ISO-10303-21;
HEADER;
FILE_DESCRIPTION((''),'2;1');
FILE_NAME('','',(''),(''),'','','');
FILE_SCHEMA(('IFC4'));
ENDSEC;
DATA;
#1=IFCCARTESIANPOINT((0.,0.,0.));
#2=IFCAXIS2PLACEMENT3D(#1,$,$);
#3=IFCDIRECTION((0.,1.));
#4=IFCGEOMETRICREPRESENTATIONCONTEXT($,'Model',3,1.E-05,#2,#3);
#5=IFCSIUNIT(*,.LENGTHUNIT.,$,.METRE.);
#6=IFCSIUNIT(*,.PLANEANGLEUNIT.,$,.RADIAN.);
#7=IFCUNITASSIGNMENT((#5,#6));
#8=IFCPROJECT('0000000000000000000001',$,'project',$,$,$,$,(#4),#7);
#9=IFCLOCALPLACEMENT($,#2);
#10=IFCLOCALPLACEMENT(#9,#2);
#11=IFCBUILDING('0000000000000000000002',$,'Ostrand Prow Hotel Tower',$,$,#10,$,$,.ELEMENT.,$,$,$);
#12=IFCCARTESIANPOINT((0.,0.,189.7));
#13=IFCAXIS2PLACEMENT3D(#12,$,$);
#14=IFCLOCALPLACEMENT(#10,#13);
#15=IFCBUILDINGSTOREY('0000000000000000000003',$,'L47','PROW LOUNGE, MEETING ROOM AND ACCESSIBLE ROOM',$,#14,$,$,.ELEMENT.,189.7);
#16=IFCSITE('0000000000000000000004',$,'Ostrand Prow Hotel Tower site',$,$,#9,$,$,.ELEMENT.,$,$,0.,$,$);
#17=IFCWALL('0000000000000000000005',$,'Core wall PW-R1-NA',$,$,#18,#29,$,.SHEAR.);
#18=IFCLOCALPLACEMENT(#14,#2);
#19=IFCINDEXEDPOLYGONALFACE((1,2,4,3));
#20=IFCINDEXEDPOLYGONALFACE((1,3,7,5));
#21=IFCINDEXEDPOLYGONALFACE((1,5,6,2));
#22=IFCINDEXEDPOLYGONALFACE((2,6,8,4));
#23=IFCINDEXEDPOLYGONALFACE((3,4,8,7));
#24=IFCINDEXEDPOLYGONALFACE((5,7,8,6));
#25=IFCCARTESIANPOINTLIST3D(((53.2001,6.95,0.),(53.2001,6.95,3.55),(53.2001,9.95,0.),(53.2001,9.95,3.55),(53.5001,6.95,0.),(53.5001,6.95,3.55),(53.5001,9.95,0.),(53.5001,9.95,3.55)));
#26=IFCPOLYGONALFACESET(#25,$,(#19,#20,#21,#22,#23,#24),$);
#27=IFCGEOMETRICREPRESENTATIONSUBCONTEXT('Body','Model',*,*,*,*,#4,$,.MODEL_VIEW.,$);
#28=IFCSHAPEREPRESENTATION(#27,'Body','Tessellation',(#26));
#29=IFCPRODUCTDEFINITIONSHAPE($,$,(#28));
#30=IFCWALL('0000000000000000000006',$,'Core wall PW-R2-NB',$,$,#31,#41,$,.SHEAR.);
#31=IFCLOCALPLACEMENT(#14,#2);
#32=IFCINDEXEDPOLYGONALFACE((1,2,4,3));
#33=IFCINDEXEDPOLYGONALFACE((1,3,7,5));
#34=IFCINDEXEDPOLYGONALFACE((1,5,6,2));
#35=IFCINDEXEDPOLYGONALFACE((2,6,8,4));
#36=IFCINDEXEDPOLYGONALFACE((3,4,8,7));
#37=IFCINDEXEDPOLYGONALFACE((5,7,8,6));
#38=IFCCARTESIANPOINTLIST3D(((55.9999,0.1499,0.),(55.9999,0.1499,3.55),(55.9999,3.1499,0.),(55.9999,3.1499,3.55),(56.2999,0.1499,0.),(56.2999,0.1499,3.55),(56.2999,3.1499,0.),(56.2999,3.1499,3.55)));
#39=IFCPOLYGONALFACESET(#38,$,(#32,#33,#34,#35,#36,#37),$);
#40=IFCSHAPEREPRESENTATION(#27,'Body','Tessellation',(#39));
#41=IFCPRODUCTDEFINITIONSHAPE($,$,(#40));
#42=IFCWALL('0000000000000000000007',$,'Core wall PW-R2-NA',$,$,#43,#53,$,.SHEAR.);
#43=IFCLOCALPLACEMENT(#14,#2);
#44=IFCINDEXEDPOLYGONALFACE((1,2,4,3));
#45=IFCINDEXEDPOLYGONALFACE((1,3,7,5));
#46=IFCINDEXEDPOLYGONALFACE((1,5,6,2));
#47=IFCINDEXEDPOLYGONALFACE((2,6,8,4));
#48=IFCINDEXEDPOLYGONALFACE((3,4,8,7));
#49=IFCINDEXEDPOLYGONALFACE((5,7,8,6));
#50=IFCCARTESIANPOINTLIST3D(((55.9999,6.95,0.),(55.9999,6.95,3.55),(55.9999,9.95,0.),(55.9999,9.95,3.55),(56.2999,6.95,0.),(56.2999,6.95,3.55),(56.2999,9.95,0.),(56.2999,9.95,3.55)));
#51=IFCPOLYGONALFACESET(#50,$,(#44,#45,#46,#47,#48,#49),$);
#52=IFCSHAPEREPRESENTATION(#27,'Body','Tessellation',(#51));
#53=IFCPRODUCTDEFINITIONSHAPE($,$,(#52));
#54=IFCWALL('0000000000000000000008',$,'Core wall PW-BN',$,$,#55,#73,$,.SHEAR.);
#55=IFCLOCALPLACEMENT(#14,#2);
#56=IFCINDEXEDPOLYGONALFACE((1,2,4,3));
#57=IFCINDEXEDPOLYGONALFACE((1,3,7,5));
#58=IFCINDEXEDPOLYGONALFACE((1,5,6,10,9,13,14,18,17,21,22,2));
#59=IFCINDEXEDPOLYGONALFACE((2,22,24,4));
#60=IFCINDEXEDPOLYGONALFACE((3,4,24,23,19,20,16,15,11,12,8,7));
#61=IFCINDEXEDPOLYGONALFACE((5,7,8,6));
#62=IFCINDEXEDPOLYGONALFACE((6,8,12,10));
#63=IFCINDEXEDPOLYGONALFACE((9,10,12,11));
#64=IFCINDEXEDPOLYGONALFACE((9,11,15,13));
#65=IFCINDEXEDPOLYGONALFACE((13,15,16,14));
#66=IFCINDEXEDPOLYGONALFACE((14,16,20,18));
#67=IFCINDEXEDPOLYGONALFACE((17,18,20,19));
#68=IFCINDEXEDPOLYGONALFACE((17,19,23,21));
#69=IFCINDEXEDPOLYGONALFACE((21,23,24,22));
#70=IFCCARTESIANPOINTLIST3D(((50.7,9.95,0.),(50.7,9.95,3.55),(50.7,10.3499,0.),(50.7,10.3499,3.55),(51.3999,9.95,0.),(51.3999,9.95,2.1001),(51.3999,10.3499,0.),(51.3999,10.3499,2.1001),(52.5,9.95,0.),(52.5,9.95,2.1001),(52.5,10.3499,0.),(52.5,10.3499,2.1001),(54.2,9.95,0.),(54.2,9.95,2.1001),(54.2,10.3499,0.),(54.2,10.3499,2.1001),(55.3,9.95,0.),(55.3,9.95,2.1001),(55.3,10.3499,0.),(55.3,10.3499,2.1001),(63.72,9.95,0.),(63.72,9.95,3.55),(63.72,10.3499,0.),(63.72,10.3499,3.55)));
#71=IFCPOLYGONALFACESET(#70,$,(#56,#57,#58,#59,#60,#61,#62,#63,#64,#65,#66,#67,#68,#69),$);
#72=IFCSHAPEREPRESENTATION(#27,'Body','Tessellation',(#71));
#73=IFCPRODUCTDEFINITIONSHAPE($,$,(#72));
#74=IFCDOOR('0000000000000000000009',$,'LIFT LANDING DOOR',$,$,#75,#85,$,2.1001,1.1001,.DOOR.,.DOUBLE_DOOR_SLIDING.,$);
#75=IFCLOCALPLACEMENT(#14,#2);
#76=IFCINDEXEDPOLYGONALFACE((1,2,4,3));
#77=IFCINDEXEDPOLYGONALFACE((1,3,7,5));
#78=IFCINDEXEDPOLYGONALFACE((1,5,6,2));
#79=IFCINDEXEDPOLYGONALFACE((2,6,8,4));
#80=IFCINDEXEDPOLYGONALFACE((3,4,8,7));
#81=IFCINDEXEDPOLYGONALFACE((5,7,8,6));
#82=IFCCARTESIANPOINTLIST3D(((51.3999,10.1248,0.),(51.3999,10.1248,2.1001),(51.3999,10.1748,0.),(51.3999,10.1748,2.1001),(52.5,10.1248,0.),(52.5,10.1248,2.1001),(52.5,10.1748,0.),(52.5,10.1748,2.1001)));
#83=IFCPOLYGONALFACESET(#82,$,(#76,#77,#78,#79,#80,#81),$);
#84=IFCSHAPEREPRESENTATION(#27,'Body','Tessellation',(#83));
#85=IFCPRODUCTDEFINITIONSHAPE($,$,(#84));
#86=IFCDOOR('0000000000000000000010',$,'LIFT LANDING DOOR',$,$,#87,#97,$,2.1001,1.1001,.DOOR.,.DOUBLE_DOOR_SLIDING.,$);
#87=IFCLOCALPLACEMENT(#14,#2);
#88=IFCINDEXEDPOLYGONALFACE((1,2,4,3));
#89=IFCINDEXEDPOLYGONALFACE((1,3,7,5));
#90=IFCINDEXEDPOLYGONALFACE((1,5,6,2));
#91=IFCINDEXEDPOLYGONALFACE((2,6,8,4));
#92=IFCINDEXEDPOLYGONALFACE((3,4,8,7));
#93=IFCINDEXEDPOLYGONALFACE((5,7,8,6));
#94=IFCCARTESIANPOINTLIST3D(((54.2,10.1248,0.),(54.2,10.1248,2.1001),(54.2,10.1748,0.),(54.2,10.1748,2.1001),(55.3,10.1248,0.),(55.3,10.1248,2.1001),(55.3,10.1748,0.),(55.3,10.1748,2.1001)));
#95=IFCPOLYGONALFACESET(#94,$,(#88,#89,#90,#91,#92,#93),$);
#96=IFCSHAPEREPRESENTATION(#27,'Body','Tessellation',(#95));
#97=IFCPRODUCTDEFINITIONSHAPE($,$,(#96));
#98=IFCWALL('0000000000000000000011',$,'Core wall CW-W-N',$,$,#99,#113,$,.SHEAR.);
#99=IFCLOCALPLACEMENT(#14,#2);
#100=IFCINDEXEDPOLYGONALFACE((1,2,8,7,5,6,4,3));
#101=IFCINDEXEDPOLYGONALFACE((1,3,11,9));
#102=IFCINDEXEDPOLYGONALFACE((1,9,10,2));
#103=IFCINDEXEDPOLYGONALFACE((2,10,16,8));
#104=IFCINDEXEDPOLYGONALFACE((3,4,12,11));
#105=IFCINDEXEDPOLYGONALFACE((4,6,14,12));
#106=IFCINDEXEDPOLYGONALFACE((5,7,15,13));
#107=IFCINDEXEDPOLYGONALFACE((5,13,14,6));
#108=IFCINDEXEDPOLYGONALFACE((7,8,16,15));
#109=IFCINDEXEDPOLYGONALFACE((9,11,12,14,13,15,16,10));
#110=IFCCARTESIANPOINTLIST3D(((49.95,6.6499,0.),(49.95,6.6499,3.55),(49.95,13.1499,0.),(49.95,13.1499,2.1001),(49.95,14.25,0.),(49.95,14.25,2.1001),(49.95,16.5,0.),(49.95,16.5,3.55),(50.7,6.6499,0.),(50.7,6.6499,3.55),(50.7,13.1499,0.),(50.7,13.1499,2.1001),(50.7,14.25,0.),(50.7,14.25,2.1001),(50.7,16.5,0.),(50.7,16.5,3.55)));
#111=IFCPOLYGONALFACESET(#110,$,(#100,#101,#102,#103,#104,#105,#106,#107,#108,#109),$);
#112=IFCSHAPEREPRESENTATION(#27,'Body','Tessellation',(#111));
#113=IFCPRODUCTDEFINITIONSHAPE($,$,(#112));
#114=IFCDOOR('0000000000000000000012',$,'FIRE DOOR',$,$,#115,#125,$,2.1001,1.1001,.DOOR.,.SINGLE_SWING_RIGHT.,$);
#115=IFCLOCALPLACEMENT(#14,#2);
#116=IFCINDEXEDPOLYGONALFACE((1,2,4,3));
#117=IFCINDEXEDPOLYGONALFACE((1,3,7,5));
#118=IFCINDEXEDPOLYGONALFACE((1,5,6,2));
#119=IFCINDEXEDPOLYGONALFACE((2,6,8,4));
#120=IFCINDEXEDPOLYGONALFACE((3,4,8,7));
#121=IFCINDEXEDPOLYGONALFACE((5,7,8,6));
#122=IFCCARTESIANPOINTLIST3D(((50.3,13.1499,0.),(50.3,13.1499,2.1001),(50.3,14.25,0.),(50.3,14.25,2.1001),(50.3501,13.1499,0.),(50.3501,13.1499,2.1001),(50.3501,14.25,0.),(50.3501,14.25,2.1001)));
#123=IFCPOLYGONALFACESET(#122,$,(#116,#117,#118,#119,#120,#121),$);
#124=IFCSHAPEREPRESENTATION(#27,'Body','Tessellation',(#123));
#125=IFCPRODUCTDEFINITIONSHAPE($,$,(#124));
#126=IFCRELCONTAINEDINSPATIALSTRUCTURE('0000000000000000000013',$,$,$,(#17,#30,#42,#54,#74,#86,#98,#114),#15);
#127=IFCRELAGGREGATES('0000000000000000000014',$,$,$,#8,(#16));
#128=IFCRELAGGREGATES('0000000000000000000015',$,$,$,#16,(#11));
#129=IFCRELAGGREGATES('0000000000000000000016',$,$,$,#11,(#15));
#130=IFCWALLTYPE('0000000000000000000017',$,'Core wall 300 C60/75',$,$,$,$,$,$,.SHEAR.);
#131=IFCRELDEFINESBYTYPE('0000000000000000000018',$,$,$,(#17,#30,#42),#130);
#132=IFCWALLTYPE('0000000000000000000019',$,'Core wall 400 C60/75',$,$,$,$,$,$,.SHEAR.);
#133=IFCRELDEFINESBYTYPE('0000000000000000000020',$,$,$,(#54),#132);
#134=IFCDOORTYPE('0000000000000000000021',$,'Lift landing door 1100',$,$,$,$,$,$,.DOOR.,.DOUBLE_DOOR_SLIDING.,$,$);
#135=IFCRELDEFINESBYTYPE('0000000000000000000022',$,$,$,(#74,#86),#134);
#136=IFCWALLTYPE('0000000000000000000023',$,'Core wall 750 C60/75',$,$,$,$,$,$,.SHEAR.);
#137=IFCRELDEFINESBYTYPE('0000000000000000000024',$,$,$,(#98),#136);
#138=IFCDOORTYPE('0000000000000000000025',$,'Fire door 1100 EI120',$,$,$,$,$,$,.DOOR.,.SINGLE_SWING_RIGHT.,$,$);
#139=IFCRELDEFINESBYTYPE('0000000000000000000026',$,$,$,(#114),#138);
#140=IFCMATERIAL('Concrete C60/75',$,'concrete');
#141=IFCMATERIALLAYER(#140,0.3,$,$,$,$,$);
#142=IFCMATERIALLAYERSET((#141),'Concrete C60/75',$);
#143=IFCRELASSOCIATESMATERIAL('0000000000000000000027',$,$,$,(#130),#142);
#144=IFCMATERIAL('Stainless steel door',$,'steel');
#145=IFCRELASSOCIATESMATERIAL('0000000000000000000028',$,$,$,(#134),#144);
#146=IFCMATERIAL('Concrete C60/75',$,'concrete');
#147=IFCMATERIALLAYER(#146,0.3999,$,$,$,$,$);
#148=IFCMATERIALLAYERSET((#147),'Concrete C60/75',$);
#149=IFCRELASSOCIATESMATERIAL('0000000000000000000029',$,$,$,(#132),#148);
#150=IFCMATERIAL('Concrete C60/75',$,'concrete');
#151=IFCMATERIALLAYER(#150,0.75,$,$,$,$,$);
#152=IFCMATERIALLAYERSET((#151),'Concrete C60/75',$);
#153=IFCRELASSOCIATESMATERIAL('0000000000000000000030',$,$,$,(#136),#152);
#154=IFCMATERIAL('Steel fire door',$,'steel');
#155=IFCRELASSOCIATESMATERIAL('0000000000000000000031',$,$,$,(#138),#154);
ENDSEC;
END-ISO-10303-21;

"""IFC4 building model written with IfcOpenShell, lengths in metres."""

from ifc_helpers import new_model, si_unit, direction, frame, frame_2d, origin, place, context, subcontext, project, spatial, rectangle, extrude, material, layer, layer_set, type_object, element, fill, save


model = new_model("IFC4")

# Units and contexts
model_context = context("Model", 3, precision=1e-05, world=origin(), true_north=direction((0.0, 1.0)))
body_context = subcontext(model_context, "Body", "Model", "MODEL_VIEW")
ifc_project = project(units=[si_unit("LENGTHUNIT", "METRE"), si_unit("PLANEANGLEUNIT", "RADIAN")], contexts=[model_context])

# Site, building, storey
site_placement = place(None, origin())
site = spatial("IfcSite", under=ifc_project, at=site_placement, Name="Ostrand Prow Hotel Tower site", CompositionType="ELEMENT", RefElevation=0.0)
building_placement = place(site_placement, origin())
building = spatial("IfcBuilding", under=site, at=building_placement, Name="Ostrand Prow Hotel Tower", CompositionType="ELEMENT")
storey_placement = place(building_placement, frame((0.0, 0.0, 189.7)))
storey = spatial("IfcBuildingStorey", under=building, at=storey_placement, Name="L47", Description="PROW LOUNGE, MEETING ROOM AND ACCESSIBLE ROOM", CompositionType="ELEMENT", Elevation=189.7)

# Shared definitions
ifc_material_1 = material(Name="Concrete C60/75", Category="concrete")
ifc_layer_1 = layer(ifc_material_1, 0.3)
ifc_layer_set_1 = layer_set([ifc_layer_1], Name="Concrete C60/75")
wall_type_1 = type_object("IfcWallType", Name="Core wall 300 C60/75", PredefinedType="SHEAR", material=ifc_layer_set_1)
ifc_material_2 = material(Name="Stainless steel door", Category="steel")
door_type_1 = type_object("IfcDoorType", Name="Lift landing door 1100", OperationType="DOUBLE_DOOR_SLIDING", PredefinedType="DOOR", material=ifc_material_2)

# Walls
for number, where, z_axis, x_axis, name in (
    (1, (53.3501, 6.95, 0.0), (0.0, 0.0, 1.0), (0.0, 1.0, 0.0), "Core wall PW-R1-NA"),
    (2, (56.1499, 0.1499, 0.0), (0.0, 0.0, 1.0), (0.0, 1.0, 0.0), "Core wall PW-R2-NB"),
    (3, (56.1499, 6.95, 0.0), (0.0, 0.0, 1.0), (0.0, 1.0, 0.0), "Core wall PW-R2-NA"),
):
    element("IfcWall", number, at=place(storey_placement, frame(where, z_axis=z_axis, x_axis=x_axis)), inside=storey, type_object=wall_type_1, Name=name, PredefinedType="SHEAR", context=body_context, shape_type="SweptSolid", body=[
        extrude(rectangle(XDim=3.0, YDim=0.3, at=frame_2d((1.5, 0.0))), origin(), (0.0, 0.0, 1.0), 3.55),
    ])

# Wall, openings, doors
ifc_material_3 = material(Name="Concrete C60/75", Category="concrete")
ifc_layer_2 = layer(ifc_material_3, 0.3999)
ifc_layer_set_2 = layer_set([ifc_layer_2], Name="Concrete C60/75")
wall_type_2 = type_object("IfcWallType", Name="Core wall 400 C60/75", PredefinedType="SHEAR", material=ifc_layer_set_2)
wall_1_placement = place(storey_placement, frame((50.7, 10.1499, 0.0), z_axis=(0.0, 0.0, 1.0), x_axis=(1.0, 0.0, 0.0)))
wall_1 = element("IfcWall", 4, at=wall_1_placement, inside=storey, type_object=wall_type_2, Name="Core wall PW-BN", PredefinedType="SHEAR", context=body_context, shape_type="SweptSolid", body=[
    extrude(rectangle(XDim=13.02, YDim=0.3999, at=frame_2d((6.51, 0.0))), origin(), (0.0, 0.0, 1.0), 3.55),
])
opening_1_placement = place(wall_1_placement, frame((0.7, 0.0, 0.0)))
opening_1 = element("IfcOpeningElement", 5, at=opening_1_placement, cuts=wall_1, PredefinedType="OPENING", context=body_context, shape_type="SweptSolid", body=[
    extrude(rectangle(XDim=1.1001, YDim=2.1001, at=frame_2d((0.55, 1.05))), frame((0.0, 0.21, 0.0), z_axis=(0.0, -1.0, 0.0), x_axis=(1.0, 0.0, 0.0)), (0.0, 0.0, 1.0), 0.4199),
])
opening_2_placement = place(wall_1_placement, frame((3.5, 0.0, 0.0)))
opening_2 = element("IfcOpeningElement", 6, at=opening_2_placement, cuts=wall_1, PredefinedType="OPENING", context=body_context, shape_type="SweptSolid", body=[
    extrude(rectangle(XDim=1.1001, YDim=2.1001, at=frame_2d((0.55, 1.05))), frame((0.0, 0.21, 0.0), z_axis=(0.0, -1.0, 0.0), x_axis=(1.0, 0.0, 0.0)), (0.0, 0.0, 1.0), 0.4199),
])
door_1_placement = place(opening_1_placement, origin())
door_1 = element("IfcDoor", 7, at=door_1_placement, inside=storey, type_object=door_type_1, Name="LIFT LANDING DOOR", OperationType="DOUBLE_DOOR_SLIDING", OverallHeight=2.1001, OverallWidth=1.1001, PredefinedType="DOOR", context=body_context, shape_type="SweptSolid", body=[
    extrude(rectangle(XDim=1.1001, YDim=2.1001, at=frame_2d((0.55, 1.05))), frame((0.0, 0.0249, 0.0), z_axis=(0.0, -1.0, 0.0), x_axis=(1.0, 0.0, 0.0)), (0.0, 0.0, 1.0), 0.05),
])
fill(opening_1, door_1)
door_2_placement = place(opening_2_placement, origin())
door_2 = element("IfcDoor", 8, at=door_2_placement, inside=storey, type_object=door_type_1, Name="LIFT LANDING DOOR", OperationType="DOUBLE_DOOR_SLIDING", OverallHeight=2.1001, OverallWidth=1.1001, PredefinedType="DOOR", context=body_context, shape_type="SweptSolid", body=[
    extrude(rectangle(XDim=1.1001, YDim=2.1001, at=frame_2d((0.55, 1.05))), frame((0.0, 0.0249, 0.0), z_axis=(0.0, -1.0, 0.0), x_axis=(1.0, 0.0, 0.0)), (0.0, 0.0, 1.0), 0.05),
])
fill(opening_2, door_2)

# Wall, opening, door
ifc_material_4 = material(Name="Concrete C60/75", Category="concrete")
ifc_layer_3 = layer(ifc_material_4, 0.75)
ifc_layer_set_3 = layer_set([ifc_layer_3], Name="Concrete C60/75")
wall_type_3 = type_object("IfcWallType", Name="Core wall 750 C60/75", PredefinedType="SHEAR", material=ifc_layer_set_3)
wall_2_placement = place(storey_placement, frame((50.325, 6.6499, 0.0), z_axis=(0.0, 0.0, 1.0), x_axis=(0.0, 1.0, 0.0)))
wall_2 = element("IfcWall", 9, at=wall_2_placement, inside=storey, type_object=wall_type_3, Name="Core wall CW-W-N", PredefinedType="SHEAR", context=body_context, shape_type="SweptSolid", body=[
    extrude(rectangle(XDim=9.8501, YDim=0.75, at=frame_2d((4.925, 0.0))), origin(), (0.0, 0.0, 1.0), 3.55),
])
opening_3_placement = place(wall_2_placement, frame((6.5, 0.0, 0.0)))
opening_3 = element("IfcOpeningElement", 10, at=opening_3_placement, cuts=wall_2, PredefinedType="OPENING", context=body_context, shape_type="SweptSolid", body=[
    extrude(rectangle(XDim=1.1001, YDim=2.1001, at=frame_2d((0.55, 1.05))), frame((0.0, 0.385, 0.0), z_axis=(0.0, -1.0, 0.0), x_axis=(1.0, 0.0, 0.0)), (0.0, 0.0, 1.0), 0.77),
])
ifc_material_5 = material(Name="Steel fire door", Category="steel")
door_type_2 = type_object("IfcDoorType", Name="Fire door 1100 EI120", OperationType="SINGLE_SWING_RIGHT", PredefinedType="DOOR", material=ifc_material_5)
door_3_placement = place(opening_3_placement, origin())
door_3 = element("IfcDoor", 11, at=door_3_placement, inside=storey, type_object=door_type_2, Name="FIRE DOOR", OperationType="SINGLE_SWING_RIGHT", OverallHeight=2.1001, OverallWidth=1.1001, PredefinedType="DOOR", context=body_context, shape_type="SweptSolid", body=[
    extrude(rectangle(XDim=1.1001, YDim=2.1001, at=frame_2d((0.55, 1.05))), frame((0.0, 0.0249, 0.0), z_axis=(0.0, -1.0, 0.0), x_axis=(1.0, 0.0, 0.0)), (0.0, 0.0, 1.0), 0.05),
])
fill(opening_3, door_3)

save(model, "model.ifc")
